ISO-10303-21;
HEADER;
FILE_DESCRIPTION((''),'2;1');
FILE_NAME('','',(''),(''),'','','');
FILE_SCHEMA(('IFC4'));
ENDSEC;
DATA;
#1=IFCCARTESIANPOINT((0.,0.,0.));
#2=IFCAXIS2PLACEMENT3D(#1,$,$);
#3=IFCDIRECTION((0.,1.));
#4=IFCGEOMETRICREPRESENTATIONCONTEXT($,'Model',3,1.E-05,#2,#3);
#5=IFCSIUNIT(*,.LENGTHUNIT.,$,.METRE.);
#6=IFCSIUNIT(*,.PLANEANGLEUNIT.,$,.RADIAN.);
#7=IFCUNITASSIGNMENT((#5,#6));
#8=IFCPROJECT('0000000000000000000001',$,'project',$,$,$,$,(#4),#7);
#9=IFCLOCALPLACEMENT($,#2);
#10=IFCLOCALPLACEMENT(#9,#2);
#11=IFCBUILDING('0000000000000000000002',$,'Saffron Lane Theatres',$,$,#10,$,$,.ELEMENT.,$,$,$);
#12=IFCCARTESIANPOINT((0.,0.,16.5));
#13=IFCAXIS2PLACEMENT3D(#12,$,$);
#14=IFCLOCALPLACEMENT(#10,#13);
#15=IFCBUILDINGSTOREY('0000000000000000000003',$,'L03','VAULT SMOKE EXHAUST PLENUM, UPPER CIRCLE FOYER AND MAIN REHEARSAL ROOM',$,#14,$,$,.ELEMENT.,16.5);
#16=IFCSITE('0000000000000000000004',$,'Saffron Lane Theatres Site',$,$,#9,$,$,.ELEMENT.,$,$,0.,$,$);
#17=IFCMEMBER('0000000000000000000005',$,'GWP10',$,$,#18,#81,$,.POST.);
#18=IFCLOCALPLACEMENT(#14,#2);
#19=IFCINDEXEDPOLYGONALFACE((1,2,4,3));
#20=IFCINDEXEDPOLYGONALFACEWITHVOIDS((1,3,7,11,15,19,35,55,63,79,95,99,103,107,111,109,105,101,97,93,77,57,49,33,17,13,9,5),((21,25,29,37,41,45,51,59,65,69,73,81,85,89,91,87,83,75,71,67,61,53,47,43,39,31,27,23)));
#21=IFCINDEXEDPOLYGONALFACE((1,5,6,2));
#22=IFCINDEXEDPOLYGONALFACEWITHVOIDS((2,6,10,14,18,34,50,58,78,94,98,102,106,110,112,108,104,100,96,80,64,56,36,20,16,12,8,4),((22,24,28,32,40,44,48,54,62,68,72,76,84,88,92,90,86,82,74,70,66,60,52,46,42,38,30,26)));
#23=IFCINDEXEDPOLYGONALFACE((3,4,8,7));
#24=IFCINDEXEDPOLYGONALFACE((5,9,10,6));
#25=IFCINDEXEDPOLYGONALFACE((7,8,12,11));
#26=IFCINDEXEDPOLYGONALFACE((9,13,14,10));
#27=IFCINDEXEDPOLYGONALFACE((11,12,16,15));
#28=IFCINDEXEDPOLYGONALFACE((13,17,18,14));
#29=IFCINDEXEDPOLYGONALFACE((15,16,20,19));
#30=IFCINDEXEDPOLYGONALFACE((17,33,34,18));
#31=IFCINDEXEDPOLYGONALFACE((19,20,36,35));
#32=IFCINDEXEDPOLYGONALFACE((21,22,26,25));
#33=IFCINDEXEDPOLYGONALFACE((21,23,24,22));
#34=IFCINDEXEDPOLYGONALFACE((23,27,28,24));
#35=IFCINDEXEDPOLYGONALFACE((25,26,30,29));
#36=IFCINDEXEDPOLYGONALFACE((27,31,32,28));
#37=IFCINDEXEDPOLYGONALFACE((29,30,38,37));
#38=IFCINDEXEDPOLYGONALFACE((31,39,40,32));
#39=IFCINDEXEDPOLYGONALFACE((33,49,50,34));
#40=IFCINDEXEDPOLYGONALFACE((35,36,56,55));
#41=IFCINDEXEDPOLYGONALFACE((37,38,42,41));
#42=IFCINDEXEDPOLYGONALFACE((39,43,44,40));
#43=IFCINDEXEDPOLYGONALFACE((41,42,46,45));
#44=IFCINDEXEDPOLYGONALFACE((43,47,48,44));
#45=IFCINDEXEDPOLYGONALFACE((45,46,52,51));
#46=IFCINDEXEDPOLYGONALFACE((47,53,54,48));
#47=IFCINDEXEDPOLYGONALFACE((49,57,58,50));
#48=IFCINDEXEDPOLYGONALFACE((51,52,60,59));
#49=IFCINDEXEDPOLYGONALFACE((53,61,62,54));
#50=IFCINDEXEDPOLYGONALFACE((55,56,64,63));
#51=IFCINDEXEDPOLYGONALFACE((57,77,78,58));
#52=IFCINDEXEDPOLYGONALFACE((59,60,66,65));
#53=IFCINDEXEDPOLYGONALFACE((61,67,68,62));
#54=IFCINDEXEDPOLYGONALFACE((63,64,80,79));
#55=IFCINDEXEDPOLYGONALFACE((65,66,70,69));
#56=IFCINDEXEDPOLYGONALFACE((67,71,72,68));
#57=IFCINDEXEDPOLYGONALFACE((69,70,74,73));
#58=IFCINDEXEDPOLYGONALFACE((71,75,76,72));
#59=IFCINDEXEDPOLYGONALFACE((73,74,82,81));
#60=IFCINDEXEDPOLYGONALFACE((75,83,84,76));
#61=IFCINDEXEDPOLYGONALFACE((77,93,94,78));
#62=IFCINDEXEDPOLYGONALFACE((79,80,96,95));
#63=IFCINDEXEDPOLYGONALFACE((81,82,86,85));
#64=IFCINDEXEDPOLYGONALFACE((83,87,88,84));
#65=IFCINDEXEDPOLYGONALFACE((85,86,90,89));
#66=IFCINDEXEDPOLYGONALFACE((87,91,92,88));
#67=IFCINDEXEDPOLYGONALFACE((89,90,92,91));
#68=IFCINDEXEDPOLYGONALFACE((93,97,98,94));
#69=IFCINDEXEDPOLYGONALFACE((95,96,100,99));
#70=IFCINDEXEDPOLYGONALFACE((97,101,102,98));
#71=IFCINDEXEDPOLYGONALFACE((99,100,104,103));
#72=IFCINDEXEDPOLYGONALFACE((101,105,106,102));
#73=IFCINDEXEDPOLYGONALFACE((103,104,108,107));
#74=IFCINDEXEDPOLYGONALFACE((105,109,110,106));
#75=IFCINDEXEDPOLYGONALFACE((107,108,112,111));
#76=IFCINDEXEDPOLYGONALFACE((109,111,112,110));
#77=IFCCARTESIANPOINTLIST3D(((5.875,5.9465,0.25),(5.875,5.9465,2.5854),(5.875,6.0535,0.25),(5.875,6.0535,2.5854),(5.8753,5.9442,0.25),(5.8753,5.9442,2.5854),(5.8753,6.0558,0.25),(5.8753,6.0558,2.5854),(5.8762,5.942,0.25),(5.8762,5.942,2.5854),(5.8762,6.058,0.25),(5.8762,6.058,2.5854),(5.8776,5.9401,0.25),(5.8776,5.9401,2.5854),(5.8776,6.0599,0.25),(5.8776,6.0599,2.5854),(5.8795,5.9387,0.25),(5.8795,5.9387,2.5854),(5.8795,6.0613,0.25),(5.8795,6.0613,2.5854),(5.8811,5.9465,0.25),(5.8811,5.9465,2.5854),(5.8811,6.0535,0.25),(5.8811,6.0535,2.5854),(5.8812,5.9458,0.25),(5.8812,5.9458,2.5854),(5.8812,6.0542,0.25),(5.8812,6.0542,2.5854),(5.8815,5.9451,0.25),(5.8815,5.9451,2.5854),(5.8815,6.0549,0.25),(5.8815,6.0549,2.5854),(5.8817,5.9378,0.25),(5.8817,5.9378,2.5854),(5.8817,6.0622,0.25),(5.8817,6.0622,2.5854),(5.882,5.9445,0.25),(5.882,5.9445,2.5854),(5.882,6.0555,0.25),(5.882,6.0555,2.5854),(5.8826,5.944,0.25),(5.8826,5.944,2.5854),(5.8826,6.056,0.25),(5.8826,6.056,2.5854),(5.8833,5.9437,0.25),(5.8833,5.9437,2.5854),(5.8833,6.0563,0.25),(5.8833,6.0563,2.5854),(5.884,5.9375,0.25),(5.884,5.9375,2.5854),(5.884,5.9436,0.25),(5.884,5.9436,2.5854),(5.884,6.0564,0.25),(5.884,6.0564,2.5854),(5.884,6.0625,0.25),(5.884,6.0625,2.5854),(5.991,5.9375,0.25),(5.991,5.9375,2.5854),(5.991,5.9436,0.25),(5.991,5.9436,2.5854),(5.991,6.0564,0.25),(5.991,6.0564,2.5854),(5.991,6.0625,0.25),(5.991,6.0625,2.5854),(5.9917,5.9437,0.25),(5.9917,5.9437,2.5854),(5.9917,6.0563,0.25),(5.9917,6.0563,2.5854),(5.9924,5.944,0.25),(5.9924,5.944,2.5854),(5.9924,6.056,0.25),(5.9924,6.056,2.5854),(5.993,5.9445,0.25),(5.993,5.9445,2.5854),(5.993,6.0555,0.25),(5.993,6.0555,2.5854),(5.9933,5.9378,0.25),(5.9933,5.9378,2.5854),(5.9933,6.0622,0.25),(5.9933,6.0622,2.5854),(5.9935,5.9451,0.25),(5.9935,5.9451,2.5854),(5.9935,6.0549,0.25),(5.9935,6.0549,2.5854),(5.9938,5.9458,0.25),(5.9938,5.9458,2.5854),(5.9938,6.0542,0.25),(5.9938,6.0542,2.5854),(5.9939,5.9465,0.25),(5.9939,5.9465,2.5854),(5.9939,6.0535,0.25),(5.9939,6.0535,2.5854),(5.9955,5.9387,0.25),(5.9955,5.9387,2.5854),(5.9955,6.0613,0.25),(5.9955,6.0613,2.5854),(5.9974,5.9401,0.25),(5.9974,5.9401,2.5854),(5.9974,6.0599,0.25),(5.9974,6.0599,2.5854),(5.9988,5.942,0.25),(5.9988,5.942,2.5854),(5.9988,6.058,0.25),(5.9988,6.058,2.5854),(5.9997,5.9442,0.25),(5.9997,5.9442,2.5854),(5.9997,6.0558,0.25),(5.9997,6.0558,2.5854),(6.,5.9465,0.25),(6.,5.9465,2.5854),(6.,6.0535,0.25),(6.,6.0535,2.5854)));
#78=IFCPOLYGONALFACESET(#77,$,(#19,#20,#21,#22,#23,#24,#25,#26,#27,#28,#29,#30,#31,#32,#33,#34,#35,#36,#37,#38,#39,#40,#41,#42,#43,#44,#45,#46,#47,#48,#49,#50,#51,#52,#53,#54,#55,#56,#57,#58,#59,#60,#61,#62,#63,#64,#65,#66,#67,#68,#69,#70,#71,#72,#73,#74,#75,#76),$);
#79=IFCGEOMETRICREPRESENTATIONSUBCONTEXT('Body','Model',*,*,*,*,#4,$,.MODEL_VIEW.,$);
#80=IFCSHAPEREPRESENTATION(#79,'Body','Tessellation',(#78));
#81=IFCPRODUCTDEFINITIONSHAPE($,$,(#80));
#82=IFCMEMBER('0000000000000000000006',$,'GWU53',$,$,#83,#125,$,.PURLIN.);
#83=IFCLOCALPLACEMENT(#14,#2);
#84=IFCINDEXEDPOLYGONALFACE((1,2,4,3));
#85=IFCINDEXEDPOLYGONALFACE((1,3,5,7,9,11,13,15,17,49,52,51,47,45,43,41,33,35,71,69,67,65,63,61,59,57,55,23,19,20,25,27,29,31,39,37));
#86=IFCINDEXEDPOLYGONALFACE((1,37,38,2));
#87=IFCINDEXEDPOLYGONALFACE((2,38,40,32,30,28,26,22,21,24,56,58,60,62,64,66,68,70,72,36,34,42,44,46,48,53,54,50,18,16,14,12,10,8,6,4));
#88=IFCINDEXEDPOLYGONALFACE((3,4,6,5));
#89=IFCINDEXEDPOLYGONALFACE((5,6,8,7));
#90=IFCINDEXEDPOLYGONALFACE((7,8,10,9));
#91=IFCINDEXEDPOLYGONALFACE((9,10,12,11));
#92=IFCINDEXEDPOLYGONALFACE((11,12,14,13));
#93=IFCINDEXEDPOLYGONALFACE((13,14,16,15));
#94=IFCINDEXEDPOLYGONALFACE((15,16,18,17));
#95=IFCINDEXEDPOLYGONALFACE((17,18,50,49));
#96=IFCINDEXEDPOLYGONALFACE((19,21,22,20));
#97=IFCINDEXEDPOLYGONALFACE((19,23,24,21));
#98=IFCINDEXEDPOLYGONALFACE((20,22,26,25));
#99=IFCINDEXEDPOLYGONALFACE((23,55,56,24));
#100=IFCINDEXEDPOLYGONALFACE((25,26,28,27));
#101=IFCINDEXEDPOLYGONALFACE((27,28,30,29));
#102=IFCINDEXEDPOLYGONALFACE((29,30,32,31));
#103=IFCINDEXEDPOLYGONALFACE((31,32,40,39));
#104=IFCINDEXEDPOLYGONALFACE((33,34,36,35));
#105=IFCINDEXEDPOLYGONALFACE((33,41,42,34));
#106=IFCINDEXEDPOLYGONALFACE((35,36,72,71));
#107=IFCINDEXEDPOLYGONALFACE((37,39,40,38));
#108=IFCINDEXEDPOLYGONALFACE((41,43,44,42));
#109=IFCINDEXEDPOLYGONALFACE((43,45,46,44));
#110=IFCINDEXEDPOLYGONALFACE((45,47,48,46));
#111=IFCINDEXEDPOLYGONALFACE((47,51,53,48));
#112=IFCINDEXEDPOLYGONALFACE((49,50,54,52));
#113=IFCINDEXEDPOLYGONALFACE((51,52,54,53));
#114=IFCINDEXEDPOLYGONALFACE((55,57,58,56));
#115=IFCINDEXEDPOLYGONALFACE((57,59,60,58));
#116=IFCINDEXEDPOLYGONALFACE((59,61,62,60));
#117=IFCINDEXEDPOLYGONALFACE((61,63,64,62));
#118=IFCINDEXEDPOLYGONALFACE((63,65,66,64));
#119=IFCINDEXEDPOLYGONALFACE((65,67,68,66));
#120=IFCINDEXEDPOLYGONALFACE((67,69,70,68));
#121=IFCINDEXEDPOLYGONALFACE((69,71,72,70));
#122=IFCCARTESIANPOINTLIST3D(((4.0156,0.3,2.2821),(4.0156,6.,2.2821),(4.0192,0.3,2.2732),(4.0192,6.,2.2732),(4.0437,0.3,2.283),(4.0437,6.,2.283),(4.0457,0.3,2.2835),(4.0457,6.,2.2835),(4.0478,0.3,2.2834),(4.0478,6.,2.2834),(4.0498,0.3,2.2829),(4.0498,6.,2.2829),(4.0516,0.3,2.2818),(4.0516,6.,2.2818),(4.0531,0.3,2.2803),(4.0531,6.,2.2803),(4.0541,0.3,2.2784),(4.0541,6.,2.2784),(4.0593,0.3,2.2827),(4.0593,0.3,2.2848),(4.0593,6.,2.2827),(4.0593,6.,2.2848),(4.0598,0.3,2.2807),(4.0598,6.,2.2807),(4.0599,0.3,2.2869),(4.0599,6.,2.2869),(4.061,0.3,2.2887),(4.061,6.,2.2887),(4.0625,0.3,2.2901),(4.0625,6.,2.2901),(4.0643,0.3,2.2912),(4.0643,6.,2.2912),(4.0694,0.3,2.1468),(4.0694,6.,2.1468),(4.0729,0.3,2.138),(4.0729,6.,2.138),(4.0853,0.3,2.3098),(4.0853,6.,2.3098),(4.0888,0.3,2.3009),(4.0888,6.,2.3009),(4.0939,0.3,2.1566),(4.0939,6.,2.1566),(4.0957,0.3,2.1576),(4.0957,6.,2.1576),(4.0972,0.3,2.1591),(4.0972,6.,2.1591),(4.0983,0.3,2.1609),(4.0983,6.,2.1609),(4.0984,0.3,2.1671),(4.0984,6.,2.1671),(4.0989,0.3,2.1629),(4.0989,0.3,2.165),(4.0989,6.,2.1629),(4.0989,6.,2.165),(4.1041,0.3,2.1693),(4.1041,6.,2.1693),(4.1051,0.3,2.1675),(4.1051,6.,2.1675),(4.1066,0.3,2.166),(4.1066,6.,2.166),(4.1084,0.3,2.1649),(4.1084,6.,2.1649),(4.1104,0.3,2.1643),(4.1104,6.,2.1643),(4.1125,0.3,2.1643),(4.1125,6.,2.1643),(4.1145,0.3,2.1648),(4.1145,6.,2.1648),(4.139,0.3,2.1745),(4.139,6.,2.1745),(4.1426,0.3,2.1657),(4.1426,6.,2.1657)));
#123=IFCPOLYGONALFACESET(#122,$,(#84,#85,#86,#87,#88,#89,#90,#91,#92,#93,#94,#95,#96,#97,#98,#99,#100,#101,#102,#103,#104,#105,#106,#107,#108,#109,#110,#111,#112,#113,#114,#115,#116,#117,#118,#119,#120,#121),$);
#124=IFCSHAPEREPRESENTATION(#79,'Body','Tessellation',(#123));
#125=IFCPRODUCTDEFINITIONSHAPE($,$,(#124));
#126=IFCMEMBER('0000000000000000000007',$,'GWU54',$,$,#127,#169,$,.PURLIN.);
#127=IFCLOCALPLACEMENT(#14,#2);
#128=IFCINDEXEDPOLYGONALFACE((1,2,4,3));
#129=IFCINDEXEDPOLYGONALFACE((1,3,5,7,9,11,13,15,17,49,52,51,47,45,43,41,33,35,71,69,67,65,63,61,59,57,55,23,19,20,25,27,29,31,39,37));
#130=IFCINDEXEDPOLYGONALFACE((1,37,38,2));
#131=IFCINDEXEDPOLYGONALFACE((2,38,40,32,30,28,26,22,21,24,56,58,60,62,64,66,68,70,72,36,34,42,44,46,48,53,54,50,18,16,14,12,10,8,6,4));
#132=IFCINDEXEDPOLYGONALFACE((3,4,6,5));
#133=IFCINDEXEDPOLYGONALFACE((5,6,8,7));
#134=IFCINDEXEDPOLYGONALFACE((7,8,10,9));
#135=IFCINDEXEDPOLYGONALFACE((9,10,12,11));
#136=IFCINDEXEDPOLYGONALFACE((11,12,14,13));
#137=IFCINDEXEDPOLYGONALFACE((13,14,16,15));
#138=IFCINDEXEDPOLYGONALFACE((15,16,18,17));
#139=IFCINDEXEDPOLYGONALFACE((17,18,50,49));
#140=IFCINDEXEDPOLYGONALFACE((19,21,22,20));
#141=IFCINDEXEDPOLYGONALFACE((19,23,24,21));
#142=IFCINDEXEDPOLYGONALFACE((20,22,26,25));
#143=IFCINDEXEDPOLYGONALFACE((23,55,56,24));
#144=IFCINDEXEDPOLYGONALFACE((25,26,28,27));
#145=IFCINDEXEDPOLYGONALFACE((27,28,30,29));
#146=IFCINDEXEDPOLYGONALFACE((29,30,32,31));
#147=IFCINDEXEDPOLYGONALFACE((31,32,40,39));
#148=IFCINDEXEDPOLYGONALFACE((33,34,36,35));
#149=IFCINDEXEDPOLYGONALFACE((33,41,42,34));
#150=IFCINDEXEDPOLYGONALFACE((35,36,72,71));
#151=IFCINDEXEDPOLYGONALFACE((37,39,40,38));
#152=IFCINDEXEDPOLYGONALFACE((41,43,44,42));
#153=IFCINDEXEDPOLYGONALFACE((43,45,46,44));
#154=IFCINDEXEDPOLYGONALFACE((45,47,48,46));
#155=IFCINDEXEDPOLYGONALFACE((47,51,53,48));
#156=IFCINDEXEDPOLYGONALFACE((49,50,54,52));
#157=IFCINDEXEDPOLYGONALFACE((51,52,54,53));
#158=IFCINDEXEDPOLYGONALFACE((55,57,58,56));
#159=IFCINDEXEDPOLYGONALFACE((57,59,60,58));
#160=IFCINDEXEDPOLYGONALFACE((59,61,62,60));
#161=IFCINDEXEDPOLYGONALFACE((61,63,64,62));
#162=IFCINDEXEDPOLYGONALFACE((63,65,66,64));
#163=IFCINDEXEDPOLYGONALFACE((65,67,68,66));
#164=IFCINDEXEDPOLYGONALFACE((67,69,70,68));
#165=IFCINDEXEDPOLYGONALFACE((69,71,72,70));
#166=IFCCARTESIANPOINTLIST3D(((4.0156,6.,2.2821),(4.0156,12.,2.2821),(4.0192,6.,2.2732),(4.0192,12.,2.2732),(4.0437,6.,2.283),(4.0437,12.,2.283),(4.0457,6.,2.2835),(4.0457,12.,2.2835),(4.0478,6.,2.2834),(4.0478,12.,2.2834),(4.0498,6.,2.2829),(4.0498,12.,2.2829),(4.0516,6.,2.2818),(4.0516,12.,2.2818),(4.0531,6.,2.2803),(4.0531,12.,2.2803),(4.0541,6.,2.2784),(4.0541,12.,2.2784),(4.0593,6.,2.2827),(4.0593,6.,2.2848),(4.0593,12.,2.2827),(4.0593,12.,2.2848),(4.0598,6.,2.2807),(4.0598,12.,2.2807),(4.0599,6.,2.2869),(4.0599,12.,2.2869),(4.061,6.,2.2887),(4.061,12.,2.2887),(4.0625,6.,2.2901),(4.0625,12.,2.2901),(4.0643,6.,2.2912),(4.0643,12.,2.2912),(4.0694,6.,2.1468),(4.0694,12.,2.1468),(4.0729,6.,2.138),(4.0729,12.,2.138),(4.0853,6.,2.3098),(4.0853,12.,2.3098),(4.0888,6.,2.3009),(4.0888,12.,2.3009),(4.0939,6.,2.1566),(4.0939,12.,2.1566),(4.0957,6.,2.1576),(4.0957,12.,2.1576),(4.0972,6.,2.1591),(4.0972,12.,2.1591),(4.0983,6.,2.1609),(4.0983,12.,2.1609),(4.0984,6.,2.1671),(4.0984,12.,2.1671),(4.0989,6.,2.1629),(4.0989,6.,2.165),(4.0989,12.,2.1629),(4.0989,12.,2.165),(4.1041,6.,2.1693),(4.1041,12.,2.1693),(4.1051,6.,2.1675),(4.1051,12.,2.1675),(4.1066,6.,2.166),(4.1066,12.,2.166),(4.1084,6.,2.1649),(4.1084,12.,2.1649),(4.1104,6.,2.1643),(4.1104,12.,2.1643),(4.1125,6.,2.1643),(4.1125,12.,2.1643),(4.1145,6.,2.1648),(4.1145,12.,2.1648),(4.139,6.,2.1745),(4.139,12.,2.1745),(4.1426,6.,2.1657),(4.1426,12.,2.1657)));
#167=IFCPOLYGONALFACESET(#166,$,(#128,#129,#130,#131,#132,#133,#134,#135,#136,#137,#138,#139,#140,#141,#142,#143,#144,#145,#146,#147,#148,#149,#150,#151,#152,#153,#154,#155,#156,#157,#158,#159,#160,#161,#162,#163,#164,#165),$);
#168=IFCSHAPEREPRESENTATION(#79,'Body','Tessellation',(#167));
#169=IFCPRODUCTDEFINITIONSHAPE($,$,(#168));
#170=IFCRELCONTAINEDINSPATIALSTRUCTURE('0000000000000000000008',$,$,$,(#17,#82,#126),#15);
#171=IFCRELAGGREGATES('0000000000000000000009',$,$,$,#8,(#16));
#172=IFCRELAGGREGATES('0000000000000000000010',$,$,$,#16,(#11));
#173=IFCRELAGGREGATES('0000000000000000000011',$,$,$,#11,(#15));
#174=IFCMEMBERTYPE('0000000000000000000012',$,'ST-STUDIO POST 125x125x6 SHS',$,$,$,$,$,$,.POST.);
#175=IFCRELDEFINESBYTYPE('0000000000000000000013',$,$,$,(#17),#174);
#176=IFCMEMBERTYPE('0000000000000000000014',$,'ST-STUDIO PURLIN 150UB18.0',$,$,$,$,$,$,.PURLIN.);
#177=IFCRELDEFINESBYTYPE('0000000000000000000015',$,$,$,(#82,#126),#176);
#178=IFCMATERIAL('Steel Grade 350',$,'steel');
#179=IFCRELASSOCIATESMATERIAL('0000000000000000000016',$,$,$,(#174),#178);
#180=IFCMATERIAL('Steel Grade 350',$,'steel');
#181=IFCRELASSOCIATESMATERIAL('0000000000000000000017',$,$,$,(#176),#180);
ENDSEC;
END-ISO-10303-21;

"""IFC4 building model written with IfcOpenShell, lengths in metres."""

from ifc_helpers import new_model, si_unit, direction, frame, origin, origin_2d, place, context, subcontext, project, spatial, hollow_rectangle, i_section, extrude, material, material_profile, profile_set, type_object, element, save


model = new_model("IFC4")

# Units and contexts
model_context = context("Model", 3, precision=1e-05, world=origin(), true_north=direction((0.0, 1.0)))
body_context = subcontext(model_context, "Body", "Model", "MODEL_VIEW")
ifc_project = project(units=[si_unit("LENGTHUNIT", "METRE"), si_unit("PLANEANGLEUNIT", "RADIAN")], contexts=[model_context])

# Site, building, storey
site_placement = place(None, origin())
site = spatial("IfcSite", under=ifc_project, at=site_placement, Name="Saffron Lane Theatres Site", CompositionType="ELEMENT", RefElevation=0.0)
building_placement = place(site_placement, origin())
building = spatial("IfcBuilding", under=site, at=building_placement, Name="Saffron Lane Theatres", CompositionType="ELEMENT")
storey_placement = place(building_placement, frame((0.0, 0.0, 16.5)))
storey = spatial("IfcBuildingStorey", under=building, at=storey_placement, Name="L03", Description="VAULT SMOKE EXHAUST PLENUM, UPPER CIRCLE FOYER AND MAIN REHEARSAL ROOM", CompositionType="ELEMENT", Elevation=16.5)

# Members
ifc_material_1 = material(Name="Steel Grade 350", Category="steel")
ifc_material_profile_1 = material_profile(ifc_material_1, hollow_rectangle(XDim=0.125, YDim=0.125, WallThickness=0.0061, InnerFilletRadius=0.0029, OuterFilletRadius=0.009, at=origin_2d()))
ifc_profile_set_1 = profile_set([ifc_material_profile_1], Name="Steel Grade 350")
member_type_1 = type_object("IfcMemberType", Name="ST-STUDIO POST 125x125x6 SHS", PredefinedType="POST", material=ifc_profile_set_1)
for number, where, z_axis, x_axis, name in (
    (1, (5.9375, 6.0, 0.25), (0.0, 0.0, 1.0), (1.0, 0.0, 0.0), "GWP10"),
):
    element("IfcMember", number, at=place(storey_placement, frame(where, z_axis=z_axis, x_axis=x_axis)), inside=storey, type_object=member_type_1, Name=name, PredefinedType="POST", context=body_context, shape_type="SweptSolid", body=[
        extrude(hollow_rectangle(XDim=0.125, YDim=0.125, WallThickness=0.0061, InnerFilletRadius=0.0029, OuterFilletRadius=0.009, at=origin_2d()), origin(), (0.0, 0.0, 1.0), 2.3354),
    ])
ifc_material_2 = material(Name="Steel Grade 350", Category="steel")
ifc_material_profile_2 = material_profile(ifc_material_2, i_section(OverallWidth=0.075, OverallDepth=0.155, WebThickness=0.0061, FlangeThickness=0.0095, FilletRadius=0.0081, at=origin_2d()))
ifc_profile_set_2 = profile_set([ifc_material_profile_2], Name="Steel Grade 350")
member_type_2 = type_object("IfcMemberType", Name="ST-STUDIO PURLIN 150UB18.0", PredefinedType="PURLIN", material=ifc_profile_set_2)
member_1_placement = place(storey_placement, frame((4.0791, 0.3, 2.2239), z_axis=(0.0, 1.0, 0.0), x_axis=(-0.929273, 0.0, -0.369393)))
element("IfcMember", 2, at=member_1_placement, inside=storey, type_object=member_type_2, Name="GWU53", PredefinedType="PURLIN", context=body_context, shape_type="SweptSolid", body=[
    extrude(i_section(OverallWidth=0.075, OverallDepth=0.155, WebThickness=0.0061, FlangeThickness=0.0095, FilletRadius=0.0081, at=origin_2d()), origin(), (0.0, 0.0, 1.0), 5.7),
])
member_2_placement = place(storey_placement, frame((4.0791, 6.0, 2.2239), z_axis=(0.0, 1.0, 0.0), x_axis=(-0.929273, 0.0, -0.369393)))
element("IfcMember", 3, at=member_2_placement, inside=storey, type_object=member_type_2, Name="GWU54", PredefinedType="PURLIN", context=body_context, shape_type="SweptSolid", body=[
    extrude(i_section(OverallWidth=0.075, OverallDepth=0.155, WebThickness=0.0061, FlangeThickness=0.0095, FilletRadius=0.0081, at=origin_2d()), origin(), (0.0, 0.0, 1.0), 6.0),
])

save(model, "model.ifc")
